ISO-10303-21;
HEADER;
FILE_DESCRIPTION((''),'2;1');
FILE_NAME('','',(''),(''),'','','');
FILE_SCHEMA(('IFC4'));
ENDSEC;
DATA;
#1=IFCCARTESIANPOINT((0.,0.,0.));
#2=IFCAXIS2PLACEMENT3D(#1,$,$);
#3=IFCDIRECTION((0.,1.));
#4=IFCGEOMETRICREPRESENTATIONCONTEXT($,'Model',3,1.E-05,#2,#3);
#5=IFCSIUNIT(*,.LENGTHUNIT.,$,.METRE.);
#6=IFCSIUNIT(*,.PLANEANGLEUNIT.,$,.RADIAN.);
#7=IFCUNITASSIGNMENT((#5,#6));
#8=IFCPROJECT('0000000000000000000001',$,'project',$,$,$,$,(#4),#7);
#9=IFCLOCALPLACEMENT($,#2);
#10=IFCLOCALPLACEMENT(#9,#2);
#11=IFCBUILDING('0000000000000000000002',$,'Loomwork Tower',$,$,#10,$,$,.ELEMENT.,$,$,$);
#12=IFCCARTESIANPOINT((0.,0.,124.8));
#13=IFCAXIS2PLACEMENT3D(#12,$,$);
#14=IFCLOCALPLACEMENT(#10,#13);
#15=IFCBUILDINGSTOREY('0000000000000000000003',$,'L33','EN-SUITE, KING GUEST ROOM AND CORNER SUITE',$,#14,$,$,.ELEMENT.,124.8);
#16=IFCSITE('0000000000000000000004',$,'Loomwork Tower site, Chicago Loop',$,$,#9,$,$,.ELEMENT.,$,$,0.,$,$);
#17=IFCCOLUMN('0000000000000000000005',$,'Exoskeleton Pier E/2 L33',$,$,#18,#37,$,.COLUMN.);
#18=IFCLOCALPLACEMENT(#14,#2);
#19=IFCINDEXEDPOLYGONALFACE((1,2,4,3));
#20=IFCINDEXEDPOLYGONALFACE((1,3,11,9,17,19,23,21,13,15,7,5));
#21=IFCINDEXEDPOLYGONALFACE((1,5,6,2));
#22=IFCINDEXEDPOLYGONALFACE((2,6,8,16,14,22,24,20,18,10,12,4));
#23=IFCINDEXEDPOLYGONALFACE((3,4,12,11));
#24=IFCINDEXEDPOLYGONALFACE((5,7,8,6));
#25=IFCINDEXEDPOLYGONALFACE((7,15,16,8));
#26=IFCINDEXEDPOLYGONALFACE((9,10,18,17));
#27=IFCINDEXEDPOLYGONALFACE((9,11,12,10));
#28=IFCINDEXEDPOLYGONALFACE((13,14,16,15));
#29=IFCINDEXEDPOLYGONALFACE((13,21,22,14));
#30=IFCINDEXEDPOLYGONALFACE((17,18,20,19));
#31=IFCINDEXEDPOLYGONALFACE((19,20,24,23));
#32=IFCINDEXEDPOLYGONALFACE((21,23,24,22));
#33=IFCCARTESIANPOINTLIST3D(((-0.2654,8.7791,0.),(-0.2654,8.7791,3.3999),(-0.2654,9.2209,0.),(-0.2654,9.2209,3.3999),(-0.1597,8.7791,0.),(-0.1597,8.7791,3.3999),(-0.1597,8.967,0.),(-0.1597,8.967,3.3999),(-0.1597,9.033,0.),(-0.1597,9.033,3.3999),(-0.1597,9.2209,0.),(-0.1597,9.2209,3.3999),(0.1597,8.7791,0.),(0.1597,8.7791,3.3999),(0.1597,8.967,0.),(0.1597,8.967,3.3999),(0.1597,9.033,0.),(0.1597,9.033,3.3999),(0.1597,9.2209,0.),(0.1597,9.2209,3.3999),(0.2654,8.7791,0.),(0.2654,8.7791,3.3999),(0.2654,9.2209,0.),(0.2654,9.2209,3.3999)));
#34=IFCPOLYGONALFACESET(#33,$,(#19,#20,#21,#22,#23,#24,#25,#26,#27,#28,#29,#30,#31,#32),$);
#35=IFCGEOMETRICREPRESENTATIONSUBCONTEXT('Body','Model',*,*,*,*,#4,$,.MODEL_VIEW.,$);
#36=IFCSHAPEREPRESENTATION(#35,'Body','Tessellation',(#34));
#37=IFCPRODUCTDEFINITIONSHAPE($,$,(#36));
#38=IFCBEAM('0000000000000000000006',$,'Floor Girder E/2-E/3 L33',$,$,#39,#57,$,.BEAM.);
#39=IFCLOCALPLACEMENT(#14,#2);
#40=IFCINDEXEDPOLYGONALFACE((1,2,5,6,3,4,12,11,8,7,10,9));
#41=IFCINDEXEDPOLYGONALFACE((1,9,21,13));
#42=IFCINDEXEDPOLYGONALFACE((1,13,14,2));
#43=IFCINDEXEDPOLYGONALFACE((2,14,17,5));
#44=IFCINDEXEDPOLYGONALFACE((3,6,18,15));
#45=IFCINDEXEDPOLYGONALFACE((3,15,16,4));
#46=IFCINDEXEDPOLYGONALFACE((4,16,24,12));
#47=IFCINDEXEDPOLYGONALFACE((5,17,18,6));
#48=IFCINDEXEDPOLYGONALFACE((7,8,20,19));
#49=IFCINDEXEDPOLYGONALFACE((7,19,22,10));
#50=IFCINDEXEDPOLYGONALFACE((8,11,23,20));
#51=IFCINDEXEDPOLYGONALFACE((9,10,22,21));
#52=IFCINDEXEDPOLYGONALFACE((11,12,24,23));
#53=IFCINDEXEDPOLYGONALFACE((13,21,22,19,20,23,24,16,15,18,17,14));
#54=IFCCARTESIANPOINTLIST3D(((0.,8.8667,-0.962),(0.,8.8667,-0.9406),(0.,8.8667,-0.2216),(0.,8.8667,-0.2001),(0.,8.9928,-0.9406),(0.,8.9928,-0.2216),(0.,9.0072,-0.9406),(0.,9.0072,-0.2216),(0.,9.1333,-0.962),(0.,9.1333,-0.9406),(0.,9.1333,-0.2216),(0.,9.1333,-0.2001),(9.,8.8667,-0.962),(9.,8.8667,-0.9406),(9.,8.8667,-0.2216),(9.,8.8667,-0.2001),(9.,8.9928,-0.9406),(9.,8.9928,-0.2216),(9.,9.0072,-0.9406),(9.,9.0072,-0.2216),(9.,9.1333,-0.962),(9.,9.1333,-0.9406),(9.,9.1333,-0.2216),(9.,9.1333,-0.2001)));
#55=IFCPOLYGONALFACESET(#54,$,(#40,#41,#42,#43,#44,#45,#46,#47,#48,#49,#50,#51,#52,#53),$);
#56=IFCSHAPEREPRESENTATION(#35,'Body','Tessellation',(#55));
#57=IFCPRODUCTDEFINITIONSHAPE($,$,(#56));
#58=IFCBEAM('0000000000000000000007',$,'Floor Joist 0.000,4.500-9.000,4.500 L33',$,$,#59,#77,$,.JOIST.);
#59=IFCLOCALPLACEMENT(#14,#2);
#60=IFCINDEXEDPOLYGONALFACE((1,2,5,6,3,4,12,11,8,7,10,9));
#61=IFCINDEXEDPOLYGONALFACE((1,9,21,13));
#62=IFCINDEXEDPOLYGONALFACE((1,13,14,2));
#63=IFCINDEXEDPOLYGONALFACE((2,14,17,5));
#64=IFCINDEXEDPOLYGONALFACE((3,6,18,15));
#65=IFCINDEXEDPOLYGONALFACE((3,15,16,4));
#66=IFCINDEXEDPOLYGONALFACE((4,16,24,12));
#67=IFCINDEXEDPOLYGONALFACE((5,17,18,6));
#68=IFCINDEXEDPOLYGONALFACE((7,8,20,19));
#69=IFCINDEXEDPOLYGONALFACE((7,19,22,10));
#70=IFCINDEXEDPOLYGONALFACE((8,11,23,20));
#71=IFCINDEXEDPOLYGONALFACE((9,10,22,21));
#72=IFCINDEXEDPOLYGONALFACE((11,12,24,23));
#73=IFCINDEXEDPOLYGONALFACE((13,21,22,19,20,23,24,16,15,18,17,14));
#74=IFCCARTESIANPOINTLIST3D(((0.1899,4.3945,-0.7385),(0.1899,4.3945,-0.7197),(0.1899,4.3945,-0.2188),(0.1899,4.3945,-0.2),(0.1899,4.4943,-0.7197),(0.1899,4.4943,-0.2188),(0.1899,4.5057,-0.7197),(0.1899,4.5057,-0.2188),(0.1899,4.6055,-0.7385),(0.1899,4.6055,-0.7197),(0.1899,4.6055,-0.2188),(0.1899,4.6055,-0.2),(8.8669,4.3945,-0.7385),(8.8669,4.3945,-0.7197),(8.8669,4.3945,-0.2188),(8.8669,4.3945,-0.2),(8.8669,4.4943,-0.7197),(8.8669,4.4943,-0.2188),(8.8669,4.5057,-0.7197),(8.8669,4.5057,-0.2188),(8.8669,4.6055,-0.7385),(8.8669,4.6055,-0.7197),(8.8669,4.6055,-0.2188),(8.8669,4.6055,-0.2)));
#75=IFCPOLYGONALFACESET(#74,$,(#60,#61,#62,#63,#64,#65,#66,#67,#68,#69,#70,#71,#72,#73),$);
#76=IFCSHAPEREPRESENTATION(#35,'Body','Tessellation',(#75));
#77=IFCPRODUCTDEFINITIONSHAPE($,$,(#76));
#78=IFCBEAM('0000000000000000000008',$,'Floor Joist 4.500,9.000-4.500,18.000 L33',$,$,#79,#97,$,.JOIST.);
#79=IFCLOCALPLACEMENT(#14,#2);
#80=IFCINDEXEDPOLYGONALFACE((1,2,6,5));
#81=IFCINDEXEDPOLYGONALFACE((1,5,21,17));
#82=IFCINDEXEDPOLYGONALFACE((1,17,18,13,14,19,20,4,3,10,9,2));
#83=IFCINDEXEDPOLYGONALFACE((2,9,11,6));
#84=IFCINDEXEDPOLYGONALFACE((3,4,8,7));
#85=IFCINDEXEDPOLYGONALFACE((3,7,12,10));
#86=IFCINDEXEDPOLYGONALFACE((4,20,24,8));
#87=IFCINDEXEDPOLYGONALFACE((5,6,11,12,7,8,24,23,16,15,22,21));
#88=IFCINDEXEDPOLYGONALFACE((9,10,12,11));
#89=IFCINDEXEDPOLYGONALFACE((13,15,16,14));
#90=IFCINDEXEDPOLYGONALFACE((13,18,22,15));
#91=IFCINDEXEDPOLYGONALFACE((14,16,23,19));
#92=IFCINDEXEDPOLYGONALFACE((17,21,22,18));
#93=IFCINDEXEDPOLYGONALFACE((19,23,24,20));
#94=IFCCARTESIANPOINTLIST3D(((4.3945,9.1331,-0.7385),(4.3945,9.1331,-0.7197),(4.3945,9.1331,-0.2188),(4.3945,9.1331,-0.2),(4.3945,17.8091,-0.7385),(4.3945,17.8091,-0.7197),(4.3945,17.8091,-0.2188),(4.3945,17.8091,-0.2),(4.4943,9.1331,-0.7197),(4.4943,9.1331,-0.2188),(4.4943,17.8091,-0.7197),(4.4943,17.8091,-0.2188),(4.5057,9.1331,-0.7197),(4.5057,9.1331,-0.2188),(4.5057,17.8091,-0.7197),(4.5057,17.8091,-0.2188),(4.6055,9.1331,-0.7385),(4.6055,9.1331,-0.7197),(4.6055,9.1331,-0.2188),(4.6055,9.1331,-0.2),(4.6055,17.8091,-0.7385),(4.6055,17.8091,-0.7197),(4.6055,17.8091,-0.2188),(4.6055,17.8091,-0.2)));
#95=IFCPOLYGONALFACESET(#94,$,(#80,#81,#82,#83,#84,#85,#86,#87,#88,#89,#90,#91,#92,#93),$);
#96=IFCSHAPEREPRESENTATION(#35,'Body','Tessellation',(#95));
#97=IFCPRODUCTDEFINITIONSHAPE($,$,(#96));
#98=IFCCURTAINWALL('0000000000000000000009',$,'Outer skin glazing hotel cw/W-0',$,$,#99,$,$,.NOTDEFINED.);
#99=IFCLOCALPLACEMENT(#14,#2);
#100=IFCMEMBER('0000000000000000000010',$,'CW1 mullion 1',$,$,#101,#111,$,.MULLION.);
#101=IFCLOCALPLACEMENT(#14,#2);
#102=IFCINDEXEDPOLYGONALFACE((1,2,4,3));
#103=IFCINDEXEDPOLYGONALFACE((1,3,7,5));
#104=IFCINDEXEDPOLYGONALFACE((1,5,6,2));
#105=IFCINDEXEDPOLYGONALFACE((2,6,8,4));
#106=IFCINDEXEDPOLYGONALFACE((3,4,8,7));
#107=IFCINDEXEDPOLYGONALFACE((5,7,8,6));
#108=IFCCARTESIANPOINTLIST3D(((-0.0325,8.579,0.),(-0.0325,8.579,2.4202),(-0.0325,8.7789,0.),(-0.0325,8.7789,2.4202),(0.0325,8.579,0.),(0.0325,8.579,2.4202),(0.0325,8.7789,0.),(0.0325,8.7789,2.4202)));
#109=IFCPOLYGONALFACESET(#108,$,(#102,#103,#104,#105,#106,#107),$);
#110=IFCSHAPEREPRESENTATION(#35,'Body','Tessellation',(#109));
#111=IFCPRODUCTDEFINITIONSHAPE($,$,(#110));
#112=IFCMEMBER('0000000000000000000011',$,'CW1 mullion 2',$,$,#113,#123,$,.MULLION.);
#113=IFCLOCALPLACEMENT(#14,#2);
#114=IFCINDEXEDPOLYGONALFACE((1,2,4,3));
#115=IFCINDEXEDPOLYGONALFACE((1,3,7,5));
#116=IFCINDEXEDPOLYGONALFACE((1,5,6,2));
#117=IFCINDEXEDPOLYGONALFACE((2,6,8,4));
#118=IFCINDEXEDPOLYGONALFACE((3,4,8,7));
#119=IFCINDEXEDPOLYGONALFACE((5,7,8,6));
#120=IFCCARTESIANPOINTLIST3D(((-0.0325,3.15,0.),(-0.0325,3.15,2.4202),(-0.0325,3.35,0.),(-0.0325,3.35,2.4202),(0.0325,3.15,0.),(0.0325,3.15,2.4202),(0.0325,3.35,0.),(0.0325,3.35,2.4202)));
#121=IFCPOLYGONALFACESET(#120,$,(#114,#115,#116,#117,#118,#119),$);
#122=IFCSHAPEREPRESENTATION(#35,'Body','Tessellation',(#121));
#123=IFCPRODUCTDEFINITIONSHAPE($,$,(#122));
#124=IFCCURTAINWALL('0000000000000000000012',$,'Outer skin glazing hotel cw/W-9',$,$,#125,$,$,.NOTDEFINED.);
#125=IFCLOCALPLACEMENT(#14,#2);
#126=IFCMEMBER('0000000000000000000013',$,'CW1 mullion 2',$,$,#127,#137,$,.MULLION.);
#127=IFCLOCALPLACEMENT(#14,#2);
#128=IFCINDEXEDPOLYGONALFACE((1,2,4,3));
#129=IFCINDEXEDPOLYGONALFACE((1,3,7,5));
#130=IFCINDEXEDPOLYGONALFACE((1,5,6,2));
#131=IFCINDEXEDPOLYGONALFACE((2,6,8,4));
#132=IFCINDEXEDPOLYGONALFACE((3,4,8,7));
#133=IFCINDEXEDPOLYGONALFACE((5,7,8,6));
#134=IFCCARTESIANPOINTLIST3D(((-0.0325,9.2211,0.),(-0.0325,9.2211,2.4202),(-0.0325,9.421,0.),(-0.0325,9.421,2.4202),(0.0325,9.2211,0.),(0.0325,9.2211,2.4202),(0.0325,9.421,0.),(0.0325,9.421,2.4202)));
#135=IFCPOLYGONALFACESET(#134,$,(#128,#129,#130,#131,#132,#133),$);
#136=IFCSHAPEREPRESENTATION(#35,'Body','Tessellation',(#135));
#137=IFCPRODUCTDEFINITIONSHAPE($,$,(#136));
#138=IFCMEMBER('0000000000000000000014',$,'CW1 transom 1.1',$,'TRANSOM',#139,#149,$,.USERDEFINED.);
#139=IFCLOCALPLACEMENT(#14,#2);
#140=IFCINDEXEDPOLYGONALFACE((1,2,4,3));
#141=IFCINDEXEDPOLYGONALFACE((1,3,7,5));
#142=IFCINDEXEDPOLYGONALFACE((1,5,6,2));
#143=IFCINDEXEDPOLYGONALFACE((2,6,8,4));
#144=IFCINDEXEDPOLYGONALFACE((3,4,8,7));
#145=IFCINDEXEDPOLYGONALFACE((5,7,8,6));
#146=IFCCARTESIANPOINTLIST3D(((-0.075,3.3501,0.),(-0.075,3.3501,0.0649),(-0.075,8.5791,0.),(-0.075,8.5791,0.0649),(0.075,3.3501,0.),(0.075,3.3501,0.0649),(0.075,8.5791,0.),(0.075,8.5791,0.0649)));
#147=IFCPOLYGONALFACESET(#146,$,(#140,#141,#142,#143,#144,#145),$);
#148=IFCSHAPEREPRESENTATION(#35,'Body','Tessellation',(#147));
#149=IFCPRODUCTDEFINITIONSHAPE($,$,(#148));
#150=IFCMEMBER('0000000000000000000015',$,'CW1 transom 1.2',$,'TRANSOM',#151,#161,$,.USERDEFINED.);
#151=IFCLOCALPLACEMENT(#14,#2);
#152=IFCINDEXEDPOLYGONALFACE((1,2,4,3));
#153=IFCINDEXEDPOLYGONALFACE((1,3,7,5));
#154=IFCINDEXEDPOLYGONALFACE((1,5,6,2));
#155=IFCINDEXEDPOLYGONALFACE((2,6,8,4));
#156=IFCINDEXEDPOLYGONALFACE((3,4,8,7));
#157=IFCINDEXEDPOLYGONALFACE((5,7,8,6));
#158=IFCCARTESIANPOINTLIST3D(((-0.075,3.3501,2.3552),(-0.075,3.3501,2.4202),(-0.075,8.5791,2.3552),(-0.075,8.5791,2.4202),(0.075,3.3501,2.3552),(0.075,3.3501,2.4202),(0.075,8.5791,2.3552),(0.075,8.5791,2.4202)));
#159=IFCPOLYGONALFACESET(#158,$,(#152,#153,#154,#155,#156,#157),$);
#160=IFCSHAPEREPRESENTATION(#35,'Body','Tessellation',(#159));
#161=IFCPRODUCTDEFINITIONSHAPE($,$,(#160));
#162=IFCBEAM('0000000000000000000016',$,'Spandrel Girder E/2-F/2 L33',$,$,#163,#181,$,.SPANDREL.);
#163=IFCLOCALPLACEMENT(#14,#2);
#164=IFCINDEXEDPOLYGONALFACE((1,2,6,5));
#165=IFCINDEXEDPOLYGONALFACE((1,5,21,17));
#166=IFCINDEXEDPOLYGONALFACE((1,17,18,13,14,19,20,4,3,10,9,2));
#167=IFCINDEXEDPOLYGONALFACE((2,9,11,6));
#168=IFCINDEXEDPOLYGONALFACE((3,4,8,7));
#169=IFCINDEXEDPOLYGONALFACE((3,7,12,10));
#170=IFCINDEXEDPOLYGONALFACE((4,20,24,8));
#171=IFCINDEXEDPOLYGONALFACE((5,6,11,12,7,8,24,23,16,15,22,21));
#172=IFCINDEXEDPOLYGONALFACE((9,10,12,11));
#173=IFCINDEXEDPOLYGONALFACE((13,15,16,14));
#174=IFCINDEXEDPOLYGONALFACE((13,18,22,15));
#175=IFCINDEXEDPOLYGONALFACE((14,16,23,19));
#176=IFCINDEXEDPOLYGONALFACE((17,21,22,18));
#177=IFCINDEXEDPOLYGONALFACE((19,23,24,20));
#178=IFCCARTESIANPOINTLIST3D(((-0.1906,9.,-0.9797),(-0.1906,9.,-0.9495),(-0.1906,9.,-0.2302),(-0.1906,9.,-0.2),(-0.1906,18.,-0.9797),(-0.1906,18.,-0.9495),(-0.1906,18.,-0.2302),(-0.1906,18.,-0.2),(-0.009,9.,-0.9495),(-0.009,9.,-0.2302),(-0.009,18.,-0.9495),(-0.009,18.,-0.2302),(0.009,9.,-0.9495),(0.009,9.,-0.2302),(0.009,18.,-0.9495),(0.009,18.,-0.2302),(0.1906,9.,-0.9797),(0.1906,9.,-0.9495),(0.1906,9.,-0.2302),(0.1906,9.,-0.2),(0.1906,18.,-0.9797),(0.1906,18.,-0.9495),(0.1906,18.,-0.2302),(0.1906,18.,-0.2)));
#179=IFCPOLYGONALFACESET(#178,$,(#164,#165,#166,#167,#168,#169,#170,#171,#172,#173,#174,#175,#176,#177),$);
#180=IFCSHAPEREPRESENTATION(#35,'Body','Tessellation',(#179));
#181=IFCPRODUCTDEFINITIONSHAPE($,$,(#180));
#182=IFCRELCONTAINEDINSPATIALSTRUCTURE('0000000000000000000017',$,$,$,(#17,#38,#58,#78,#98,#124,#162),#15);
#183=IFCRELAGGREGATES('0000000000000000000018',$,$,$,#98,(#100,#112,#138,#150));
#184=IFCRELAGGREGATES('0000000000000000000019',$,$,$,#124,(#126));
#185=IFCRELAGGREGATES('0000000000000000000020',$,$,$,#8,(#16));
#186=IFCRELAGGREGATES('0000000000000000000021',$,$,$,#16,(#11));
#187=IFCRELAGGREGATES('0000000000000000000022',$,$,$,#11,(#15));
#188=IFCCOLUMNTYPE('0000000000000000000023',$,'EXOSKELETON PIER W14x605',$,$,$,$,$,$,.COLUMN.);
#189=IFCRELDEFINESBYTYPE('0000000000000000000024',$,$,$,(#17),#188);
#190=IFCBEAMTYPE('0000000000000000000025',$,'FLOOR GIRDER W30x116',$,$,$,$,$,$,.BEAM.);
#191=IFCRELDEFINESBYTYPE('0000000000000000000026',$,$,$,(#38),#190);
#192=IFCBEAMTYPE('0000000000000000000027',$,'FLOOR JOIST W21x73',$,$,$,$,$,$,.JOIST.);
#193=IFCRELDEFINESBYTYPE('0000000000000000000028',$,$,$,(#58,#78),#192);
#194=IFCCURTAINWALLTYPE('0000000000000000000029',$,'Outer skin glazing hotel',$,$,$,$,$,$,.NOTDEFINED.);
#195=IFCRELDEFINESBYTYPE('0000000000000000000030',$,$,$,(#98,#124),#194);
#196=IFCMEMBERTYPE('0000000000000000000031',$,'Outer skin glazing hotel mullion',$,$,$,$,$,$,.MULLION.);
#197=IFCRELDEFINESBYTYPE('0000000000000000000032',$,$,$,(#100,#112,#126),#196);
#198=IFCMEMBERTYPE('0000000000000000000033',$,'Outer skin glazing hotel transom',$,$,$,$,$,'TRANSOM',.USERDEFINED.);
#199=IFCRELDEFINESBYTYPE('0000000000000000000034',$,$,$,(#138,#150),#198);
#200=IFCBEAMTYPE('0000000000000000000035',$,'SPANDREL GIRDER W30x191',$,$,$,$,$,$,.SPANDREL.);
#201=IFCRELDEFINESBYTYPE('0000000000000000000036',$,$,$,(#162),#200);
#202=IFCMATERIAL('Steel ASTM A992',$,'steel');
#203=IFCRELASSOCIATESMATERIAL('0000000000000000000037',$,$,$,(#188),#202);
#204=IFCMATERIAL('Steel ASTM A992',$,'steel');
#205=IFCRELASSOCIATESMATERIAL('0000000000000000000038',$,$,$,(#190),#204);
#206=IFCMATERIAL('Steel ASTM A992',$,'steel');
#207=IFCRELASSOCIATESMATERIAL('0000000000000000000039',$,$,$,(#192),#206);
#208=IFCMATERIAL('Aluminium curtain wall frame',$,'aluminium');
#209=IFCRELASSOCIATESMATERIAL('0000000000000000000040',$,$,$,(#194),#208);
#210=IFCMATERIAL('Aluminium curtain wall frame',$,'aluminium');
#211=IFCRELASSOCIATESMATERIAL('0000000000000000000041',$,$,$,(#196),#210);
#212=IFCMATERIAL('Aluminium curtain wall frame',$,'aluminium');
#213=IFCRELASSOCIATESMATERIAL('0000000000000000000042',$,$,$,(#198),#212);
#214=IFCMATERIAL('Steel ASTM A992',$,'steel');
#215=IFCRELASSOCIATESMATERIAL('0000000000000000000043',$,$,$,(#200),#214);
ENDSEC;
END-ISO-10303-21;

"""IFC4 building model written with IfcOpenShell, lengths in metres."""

from ifc_helpers import new_model, si_unit, direction, frame, origin, origin_2d, place, context, subcontext, project, spatial, rectangle, i_section, extrude, material, material_profile, profile_set, type_object, element, aggregate, save


model = new_model("IFC4")

# Units and contexts
model_context = context("Model", 3, precision=1e-05, world=origin(), true_north=direction((0.0, 1.0)))
body_context = subcontext(model_context, "Body", "Model", "MODEL_VIEW")
ifc_project = project(units=[si_unit("LENGTHUNIT", "METRE"), si_unit("PLANEANGLEUNIT", "RADIAN")], contexts=[model_context])

# Site, building, storey
site_placement = place(None, origin())
site = spatial("IfcSite", under=ifc_project, at=site_placement, Name="Loomwork Tower site, Chicago Loop", CompositionType="ELEMENT", RefElevation=0.0)
building_placement = place(site_placement, origin())
building = spatial("IfcBuilding", under=site, at=building_placement, Name="Loomwork Tower", CompositionType="ELEMENT")
storey_placement = place(building_placement, frame((0.0, 0.0, 124.8)))
storey = spatial("IfcBuildingStorey", under=building, at=storey_placement, Name="L33", Description="EN-SUITE, KING GUEST ROOM AND CORNER SUITE", CompositionType="ELEMENT", Elevation=124.8)

# Column
ifc_material_1 = material(Name="Steel ASTM A992", Category="steel")
ifc_material_profile_1 = material_profile(ifc_material_1, i_section(OverallWidth=0.4419, OverallDepth=0.5308, WebThickness=0.0659, FlangeThickness=0.1057, at=origin_2d()), Name="W14x605")
ifc_profile_set_1 = profile_set([ifc_material_profile_1], Name="Steel ASTM A992")
column_type = type_object("IfcColumnType", Name="EXOSKELETON PIER W14x605", PredefinedType="COLUMN", material=ifc_profile_set_1)
column_placement = place(storey_placement, frame((0.0, 9.0, 0.0), z_axis=(0.0, 0.0, 1.0), x_axis=(0.0, 1.0, 0.0)))
element("IfcColumn", 1, at=column_placement, inside=storey, type_object=column_type, Name="Exoskeleton Pier E/2 L33", PredefinedType="COLUMN", context=body_context, shape_type="SweptSolid", body=[
    extrude(i_section(OverallWidth=0.4419, OverallDepth=0.5308, WebThickness=0.0659, FlangeThickness=0.1057, at=origin_2d()), origin(), (0.0, 0.0, 1.0), 3.3999),
])

# Beams
ifc_material_2 = material(Name="Steel ASTM A992", Category="steel")
ifc_material_profile_2 = material_profile(ifc_material_2, i_section(OverallWidth=0.2666, OverallDepth=0.762, WebThickness=0.0144, FlangeThickness=0.0215, at=origin_2d()), Name="W30x116")
ifc_profile_set_2 = profile_set([ifc_material_profile_2], Name="Steel ASTM A992")
beam_type_1 = type_object("IfcBeamType", Name="FLOOR GIRDER W30x116", PredefinedType="BEAM", material=ifc_profile_set_2)
beam_1_placement = place(storey_placement, frame((0.0, 9.0, -0.5811), z_axis=(1.0, 0.0, 0.0), x_axis=(0.0, 1.0, 0.0)))
element("IfcBeam", 2, at=beam_1_placement, inside=storey, type_object=beam_type_1, Name="Floor Girder E/2-E/3 L33", PredefinedType="BEAM", context=body_context, shape_type="SweptSolid", body=[
    extrude(i_section(OverallWidth=0.2666, OverallDepth=0.762, WebThickness=0.0144, FlangeThickness=0.0215, at=origin_2d()), origin(), (0.0, 0.0, 1.0), 9.0),
])
ifc_material_3 = material(Name="Steel ASTM A992", Category="steel")
ifc_material_profile_3 = material_profile(ifc_material_3, i_section(OverallWidth=0.2109, OverallDepth=0.5386, WebThickness=0.0115, FlangeThickness=0.0188, at=origin_2d()), Name="W21x73")
ifc_profile_set_3 = profile_set([ifc_material_profile_3], Name="Steel ASTM A992")
beam_type_2 = type_object("IfcBeamType", Name="FLOOR JOIST W21x73", PredefinedType="JOIST", material=ifc_profile_set_3)
beam_2_placement = place(storey_placement, frame((0.1899, 4.5, -0.4692), z_axis=(1.0, 0.0, 0.0), x_axis=(0.0, 1.0, 0.0)))
element("IfcBeam", 3, at=beam_2_placement, inside=storey, type_object=beam_type_2, Name="Floor Joist 0.000,4.500-9.000,4.500 L33", PredefinedType="JOIST", context=body_context, shape_type="SweptSolid", body=[
    extrude(i_section(OverallWidth=0.2109, OverallDepth=0.5386, WebThickness=0.0115, FlangeThickness=0.0188, at=origin_2d()), origin(), (0.0, 0.0, 1.0), 8.677),
])
beam_3_placement = place(storey_placement, frame((4.5, 9.1331, -0.4692), z_axis=(0.0, 1.0, 0.0), x_axis=(-1.0, 0.0, 0.0)))
element("IfcBeam", 4, at=beam_3_placement, inside=storey, type_object=beam_type_2, Name="Floor Joist 4.500,9.000-4.500,18.000 L33", PredefinedType="JOIST", context=body_context, shape_type="SweptSolid", body=[
    extrude(i_section(OverallWidth=0.2109, OverallDepth=0.5386, WebThickness=0.0115, FlangeThickness=0.0188, at=origin_2d()), origin(), (0.0, 0.0, 1.0), 8.676),
])

# Curtain wall, members
ifc_material_4 = material(Name="Aluminium curtain wall frame", Category="aluminium")
curtain_wall_type = type_object("IfcCurtainWallType", Name="Outer skin glazing hotel", PredefinedType="NOTDEFINED", material=ifc_material_4)
curtain_wall_1_placement = place(storey_placement, origin())
curtain_wall_1 = element("IfcCurtainWall", 5, at=curtain_wall_1_placement, inside=storey, type_object=curtain_wall_type, Name="Outer skin glazing hotel cw/W-0", PredefinedType="NOTDEFINED")
ifc_material_5 = material(Name="Aluminium curtain wall frame", Category="aluminium")
ifc_material_profile_4 = material_profile(ifc_material_5, rectangle(XDim=0.0649, YDim=0.2, at=origin_2d()), Name="AL 65x200")
ifc_profile_set_4 = profile_set([ifc_material_profile_4], Name="Aluminium curtain wall frame")
member_type_1 = type_object("IfcMemberType", Name="Outer skin glazing hotel mullion", PredefinedType="MULLION", material=ifc_profile_set_4)
member_1_placement = place(storey_placement, frame((0.0, 8.679, 0.0), z_axis=(0.0, 0.0, 1.0), x_axis=(1.0, 0.0, 0.0)))
member_1 = element("IfcMember", 6, at=member_1_placement, type_object=member_type_1, Name="CW1 mullion 1", PredefinedType="MULLION", context=body_context, shape_type="SweptSolid", body=[
    extrude(rectangle(XDim=0.0649, YDim=0.2, at=origin_2d()), origin(), (0.0, 0.0, 1.0), 2.4202),
])
member_2_placement = place(storey_placement, frame((0.0, 3.25, 0.0), z_axis=(0.0, 0.0, 1.0), x_axis=(1.0, 0.0, 0.0)))
member_2 = element("IfcMember", 7, at=member_2_placement, type_object=member_type_1, Name="CW1 mullion 2", PredefinedType="MULLION", context=body_context, shape_type="SweptSolid", body=[
    extrude(rectangle(XDim=0.0649, YDim=0.2, at=origin_2d()), origin(), (0.0, 0.0, 1.0), 2.4202),
])

# Curtain wall, member
curtain_wall_2_placement = place(storey_placement, origin())
curtain_wall_2 = element("IfcCurtainWall", 8, at=curtain_wall_2_placement, inside=storey, type_object=curtain_wall_type, Name="Outer skin glazing hotel cw/W-9", PredefinedType="NOTDEFINED")
member_3_placement = place(storey_placement, frame((0.0, 9.321, 0.0), z_axis=(0.0, 0.0, 1.0), x_axis=(1.0, 0.0, 0.0)))
member_3 = element("IfcMember", 9, at=member_3_placement, type_object=member_type_1, Name="CW1 mullion 2", PredefinedType="MULLION", context=body_context, shape_type="SweptSolid", body=[
    extrude(rectangle(XDim=0.0649, YDim=0.2, at=origin_2d()), origin(), (0.0, 0.0, 1.0), 2.4202),
])

# Members
ifc_material_6 = material(Name="Aluminium curtain wall frame", Category="aluminium")
ifc_material_profile_5 = material_profile(ifc_material_6, rectangle(XDim=0.1499, YDim=0.0649, at=origin_2d()), Name="AL 65x150")
ifc_profile_set_5 = profile_set([ifc_material_profile_5], Name="Aluminium curtain wall frame")
member_type_2 = type_object("IfcMemberType", Name="Outer skin glazing hotel transom", ElementType="TRANSOM", PredefinedType="USERDEFINED", material=ifc_profile_set_5)
member_4_placement = place(storey_placement, frame((0.0, 8.5791, 0.0325), z_axis=(0.0, -1.0, 0.0), x_axis=(1.0, 0.0, 0.0)))
member_4 = element("IfcMember", 10, at=member_4_placement, type_object=member_type_2, Name="CW1 transom 1.1", ObjectType="TRANSOM", PredefinedType="USERDEFINED", context=body_context, shape_type="SweptSolid", body=[
    extrude(rectangle(XDim=0.1499, YDim=0.0649, at=origin_2d()), origin(), (0.0, 0.0, 1.0), 5.229),
])
member_5_placement = place(storey_placement, frame((0.0, 8.5791, 2.3877), z_axis=(0.0, -1.0, 0.0), x_axis=(1.0, 0.0, 0.0)))
member_5 = element("IfcMember", 11, at=member_5_placement, type_object=member_type_2, Name="CW1 transom 1.2", ObjectType="TRANSOM", PredefinedType="USERDEFINED", context=body_context, shape_type="SweptSolid", body=[
    extrude(rectangle(XDim=0.1499, YDim=0.0649, at=origin_2d()), origin(), (0.0, 0.0, 1.0), 5.229),
])

# Beam
ifc_material_7 = material(Name="Steel ASTM A992", Category="steel")
ifc_material_profile_6 = material_profile(ifc_material_7, i_section(OverallWidth=0.3811, OverallDepth=0.7798, WebThickness=0.0181, FlangeThickness=0.0303, at=origin_2d()), Name="W30x191")
ifc_profile_set_6 = profile_set([ifc_material_profile_6], Name="Steel ASTM A992")
beam_type_3 = type_object("IfcBeamType", Name="SPANDREL GIRDER W30x191", PredefinedType="SPANDREL", material=ifc_profile_set_6)
beam_4_placement = place(storey_placement, frame((0.0, 9.0, -0.5898), z_axis=(0.0, 1.0, 0.0), x_axis=(-1.0, 0.0, 0.0)))
element("IfcBeam", 12, at=beam_4_placement, inside=storey, type_object=beam_type_3, Name="Spandrel Girder E/2-F/2 L33", PredefinedType="SPANDREL", context=body_context, shape_type="SweptSolid", body=[
    extrude(i_section(OverallWidth=0.3811, OverallDepth=0.7798, WebThickness=0.0181, FlangeThickness=0.0303, at=origin_2d()), origin(), (0.0, 0.0, 1.0), 9.0),
])

aggregate(curtain_wall_1, [member_1, member_2, member_4, member_5])
aggregate(curtain_wall_2, [member_3])

save(model, "model.ifc")
